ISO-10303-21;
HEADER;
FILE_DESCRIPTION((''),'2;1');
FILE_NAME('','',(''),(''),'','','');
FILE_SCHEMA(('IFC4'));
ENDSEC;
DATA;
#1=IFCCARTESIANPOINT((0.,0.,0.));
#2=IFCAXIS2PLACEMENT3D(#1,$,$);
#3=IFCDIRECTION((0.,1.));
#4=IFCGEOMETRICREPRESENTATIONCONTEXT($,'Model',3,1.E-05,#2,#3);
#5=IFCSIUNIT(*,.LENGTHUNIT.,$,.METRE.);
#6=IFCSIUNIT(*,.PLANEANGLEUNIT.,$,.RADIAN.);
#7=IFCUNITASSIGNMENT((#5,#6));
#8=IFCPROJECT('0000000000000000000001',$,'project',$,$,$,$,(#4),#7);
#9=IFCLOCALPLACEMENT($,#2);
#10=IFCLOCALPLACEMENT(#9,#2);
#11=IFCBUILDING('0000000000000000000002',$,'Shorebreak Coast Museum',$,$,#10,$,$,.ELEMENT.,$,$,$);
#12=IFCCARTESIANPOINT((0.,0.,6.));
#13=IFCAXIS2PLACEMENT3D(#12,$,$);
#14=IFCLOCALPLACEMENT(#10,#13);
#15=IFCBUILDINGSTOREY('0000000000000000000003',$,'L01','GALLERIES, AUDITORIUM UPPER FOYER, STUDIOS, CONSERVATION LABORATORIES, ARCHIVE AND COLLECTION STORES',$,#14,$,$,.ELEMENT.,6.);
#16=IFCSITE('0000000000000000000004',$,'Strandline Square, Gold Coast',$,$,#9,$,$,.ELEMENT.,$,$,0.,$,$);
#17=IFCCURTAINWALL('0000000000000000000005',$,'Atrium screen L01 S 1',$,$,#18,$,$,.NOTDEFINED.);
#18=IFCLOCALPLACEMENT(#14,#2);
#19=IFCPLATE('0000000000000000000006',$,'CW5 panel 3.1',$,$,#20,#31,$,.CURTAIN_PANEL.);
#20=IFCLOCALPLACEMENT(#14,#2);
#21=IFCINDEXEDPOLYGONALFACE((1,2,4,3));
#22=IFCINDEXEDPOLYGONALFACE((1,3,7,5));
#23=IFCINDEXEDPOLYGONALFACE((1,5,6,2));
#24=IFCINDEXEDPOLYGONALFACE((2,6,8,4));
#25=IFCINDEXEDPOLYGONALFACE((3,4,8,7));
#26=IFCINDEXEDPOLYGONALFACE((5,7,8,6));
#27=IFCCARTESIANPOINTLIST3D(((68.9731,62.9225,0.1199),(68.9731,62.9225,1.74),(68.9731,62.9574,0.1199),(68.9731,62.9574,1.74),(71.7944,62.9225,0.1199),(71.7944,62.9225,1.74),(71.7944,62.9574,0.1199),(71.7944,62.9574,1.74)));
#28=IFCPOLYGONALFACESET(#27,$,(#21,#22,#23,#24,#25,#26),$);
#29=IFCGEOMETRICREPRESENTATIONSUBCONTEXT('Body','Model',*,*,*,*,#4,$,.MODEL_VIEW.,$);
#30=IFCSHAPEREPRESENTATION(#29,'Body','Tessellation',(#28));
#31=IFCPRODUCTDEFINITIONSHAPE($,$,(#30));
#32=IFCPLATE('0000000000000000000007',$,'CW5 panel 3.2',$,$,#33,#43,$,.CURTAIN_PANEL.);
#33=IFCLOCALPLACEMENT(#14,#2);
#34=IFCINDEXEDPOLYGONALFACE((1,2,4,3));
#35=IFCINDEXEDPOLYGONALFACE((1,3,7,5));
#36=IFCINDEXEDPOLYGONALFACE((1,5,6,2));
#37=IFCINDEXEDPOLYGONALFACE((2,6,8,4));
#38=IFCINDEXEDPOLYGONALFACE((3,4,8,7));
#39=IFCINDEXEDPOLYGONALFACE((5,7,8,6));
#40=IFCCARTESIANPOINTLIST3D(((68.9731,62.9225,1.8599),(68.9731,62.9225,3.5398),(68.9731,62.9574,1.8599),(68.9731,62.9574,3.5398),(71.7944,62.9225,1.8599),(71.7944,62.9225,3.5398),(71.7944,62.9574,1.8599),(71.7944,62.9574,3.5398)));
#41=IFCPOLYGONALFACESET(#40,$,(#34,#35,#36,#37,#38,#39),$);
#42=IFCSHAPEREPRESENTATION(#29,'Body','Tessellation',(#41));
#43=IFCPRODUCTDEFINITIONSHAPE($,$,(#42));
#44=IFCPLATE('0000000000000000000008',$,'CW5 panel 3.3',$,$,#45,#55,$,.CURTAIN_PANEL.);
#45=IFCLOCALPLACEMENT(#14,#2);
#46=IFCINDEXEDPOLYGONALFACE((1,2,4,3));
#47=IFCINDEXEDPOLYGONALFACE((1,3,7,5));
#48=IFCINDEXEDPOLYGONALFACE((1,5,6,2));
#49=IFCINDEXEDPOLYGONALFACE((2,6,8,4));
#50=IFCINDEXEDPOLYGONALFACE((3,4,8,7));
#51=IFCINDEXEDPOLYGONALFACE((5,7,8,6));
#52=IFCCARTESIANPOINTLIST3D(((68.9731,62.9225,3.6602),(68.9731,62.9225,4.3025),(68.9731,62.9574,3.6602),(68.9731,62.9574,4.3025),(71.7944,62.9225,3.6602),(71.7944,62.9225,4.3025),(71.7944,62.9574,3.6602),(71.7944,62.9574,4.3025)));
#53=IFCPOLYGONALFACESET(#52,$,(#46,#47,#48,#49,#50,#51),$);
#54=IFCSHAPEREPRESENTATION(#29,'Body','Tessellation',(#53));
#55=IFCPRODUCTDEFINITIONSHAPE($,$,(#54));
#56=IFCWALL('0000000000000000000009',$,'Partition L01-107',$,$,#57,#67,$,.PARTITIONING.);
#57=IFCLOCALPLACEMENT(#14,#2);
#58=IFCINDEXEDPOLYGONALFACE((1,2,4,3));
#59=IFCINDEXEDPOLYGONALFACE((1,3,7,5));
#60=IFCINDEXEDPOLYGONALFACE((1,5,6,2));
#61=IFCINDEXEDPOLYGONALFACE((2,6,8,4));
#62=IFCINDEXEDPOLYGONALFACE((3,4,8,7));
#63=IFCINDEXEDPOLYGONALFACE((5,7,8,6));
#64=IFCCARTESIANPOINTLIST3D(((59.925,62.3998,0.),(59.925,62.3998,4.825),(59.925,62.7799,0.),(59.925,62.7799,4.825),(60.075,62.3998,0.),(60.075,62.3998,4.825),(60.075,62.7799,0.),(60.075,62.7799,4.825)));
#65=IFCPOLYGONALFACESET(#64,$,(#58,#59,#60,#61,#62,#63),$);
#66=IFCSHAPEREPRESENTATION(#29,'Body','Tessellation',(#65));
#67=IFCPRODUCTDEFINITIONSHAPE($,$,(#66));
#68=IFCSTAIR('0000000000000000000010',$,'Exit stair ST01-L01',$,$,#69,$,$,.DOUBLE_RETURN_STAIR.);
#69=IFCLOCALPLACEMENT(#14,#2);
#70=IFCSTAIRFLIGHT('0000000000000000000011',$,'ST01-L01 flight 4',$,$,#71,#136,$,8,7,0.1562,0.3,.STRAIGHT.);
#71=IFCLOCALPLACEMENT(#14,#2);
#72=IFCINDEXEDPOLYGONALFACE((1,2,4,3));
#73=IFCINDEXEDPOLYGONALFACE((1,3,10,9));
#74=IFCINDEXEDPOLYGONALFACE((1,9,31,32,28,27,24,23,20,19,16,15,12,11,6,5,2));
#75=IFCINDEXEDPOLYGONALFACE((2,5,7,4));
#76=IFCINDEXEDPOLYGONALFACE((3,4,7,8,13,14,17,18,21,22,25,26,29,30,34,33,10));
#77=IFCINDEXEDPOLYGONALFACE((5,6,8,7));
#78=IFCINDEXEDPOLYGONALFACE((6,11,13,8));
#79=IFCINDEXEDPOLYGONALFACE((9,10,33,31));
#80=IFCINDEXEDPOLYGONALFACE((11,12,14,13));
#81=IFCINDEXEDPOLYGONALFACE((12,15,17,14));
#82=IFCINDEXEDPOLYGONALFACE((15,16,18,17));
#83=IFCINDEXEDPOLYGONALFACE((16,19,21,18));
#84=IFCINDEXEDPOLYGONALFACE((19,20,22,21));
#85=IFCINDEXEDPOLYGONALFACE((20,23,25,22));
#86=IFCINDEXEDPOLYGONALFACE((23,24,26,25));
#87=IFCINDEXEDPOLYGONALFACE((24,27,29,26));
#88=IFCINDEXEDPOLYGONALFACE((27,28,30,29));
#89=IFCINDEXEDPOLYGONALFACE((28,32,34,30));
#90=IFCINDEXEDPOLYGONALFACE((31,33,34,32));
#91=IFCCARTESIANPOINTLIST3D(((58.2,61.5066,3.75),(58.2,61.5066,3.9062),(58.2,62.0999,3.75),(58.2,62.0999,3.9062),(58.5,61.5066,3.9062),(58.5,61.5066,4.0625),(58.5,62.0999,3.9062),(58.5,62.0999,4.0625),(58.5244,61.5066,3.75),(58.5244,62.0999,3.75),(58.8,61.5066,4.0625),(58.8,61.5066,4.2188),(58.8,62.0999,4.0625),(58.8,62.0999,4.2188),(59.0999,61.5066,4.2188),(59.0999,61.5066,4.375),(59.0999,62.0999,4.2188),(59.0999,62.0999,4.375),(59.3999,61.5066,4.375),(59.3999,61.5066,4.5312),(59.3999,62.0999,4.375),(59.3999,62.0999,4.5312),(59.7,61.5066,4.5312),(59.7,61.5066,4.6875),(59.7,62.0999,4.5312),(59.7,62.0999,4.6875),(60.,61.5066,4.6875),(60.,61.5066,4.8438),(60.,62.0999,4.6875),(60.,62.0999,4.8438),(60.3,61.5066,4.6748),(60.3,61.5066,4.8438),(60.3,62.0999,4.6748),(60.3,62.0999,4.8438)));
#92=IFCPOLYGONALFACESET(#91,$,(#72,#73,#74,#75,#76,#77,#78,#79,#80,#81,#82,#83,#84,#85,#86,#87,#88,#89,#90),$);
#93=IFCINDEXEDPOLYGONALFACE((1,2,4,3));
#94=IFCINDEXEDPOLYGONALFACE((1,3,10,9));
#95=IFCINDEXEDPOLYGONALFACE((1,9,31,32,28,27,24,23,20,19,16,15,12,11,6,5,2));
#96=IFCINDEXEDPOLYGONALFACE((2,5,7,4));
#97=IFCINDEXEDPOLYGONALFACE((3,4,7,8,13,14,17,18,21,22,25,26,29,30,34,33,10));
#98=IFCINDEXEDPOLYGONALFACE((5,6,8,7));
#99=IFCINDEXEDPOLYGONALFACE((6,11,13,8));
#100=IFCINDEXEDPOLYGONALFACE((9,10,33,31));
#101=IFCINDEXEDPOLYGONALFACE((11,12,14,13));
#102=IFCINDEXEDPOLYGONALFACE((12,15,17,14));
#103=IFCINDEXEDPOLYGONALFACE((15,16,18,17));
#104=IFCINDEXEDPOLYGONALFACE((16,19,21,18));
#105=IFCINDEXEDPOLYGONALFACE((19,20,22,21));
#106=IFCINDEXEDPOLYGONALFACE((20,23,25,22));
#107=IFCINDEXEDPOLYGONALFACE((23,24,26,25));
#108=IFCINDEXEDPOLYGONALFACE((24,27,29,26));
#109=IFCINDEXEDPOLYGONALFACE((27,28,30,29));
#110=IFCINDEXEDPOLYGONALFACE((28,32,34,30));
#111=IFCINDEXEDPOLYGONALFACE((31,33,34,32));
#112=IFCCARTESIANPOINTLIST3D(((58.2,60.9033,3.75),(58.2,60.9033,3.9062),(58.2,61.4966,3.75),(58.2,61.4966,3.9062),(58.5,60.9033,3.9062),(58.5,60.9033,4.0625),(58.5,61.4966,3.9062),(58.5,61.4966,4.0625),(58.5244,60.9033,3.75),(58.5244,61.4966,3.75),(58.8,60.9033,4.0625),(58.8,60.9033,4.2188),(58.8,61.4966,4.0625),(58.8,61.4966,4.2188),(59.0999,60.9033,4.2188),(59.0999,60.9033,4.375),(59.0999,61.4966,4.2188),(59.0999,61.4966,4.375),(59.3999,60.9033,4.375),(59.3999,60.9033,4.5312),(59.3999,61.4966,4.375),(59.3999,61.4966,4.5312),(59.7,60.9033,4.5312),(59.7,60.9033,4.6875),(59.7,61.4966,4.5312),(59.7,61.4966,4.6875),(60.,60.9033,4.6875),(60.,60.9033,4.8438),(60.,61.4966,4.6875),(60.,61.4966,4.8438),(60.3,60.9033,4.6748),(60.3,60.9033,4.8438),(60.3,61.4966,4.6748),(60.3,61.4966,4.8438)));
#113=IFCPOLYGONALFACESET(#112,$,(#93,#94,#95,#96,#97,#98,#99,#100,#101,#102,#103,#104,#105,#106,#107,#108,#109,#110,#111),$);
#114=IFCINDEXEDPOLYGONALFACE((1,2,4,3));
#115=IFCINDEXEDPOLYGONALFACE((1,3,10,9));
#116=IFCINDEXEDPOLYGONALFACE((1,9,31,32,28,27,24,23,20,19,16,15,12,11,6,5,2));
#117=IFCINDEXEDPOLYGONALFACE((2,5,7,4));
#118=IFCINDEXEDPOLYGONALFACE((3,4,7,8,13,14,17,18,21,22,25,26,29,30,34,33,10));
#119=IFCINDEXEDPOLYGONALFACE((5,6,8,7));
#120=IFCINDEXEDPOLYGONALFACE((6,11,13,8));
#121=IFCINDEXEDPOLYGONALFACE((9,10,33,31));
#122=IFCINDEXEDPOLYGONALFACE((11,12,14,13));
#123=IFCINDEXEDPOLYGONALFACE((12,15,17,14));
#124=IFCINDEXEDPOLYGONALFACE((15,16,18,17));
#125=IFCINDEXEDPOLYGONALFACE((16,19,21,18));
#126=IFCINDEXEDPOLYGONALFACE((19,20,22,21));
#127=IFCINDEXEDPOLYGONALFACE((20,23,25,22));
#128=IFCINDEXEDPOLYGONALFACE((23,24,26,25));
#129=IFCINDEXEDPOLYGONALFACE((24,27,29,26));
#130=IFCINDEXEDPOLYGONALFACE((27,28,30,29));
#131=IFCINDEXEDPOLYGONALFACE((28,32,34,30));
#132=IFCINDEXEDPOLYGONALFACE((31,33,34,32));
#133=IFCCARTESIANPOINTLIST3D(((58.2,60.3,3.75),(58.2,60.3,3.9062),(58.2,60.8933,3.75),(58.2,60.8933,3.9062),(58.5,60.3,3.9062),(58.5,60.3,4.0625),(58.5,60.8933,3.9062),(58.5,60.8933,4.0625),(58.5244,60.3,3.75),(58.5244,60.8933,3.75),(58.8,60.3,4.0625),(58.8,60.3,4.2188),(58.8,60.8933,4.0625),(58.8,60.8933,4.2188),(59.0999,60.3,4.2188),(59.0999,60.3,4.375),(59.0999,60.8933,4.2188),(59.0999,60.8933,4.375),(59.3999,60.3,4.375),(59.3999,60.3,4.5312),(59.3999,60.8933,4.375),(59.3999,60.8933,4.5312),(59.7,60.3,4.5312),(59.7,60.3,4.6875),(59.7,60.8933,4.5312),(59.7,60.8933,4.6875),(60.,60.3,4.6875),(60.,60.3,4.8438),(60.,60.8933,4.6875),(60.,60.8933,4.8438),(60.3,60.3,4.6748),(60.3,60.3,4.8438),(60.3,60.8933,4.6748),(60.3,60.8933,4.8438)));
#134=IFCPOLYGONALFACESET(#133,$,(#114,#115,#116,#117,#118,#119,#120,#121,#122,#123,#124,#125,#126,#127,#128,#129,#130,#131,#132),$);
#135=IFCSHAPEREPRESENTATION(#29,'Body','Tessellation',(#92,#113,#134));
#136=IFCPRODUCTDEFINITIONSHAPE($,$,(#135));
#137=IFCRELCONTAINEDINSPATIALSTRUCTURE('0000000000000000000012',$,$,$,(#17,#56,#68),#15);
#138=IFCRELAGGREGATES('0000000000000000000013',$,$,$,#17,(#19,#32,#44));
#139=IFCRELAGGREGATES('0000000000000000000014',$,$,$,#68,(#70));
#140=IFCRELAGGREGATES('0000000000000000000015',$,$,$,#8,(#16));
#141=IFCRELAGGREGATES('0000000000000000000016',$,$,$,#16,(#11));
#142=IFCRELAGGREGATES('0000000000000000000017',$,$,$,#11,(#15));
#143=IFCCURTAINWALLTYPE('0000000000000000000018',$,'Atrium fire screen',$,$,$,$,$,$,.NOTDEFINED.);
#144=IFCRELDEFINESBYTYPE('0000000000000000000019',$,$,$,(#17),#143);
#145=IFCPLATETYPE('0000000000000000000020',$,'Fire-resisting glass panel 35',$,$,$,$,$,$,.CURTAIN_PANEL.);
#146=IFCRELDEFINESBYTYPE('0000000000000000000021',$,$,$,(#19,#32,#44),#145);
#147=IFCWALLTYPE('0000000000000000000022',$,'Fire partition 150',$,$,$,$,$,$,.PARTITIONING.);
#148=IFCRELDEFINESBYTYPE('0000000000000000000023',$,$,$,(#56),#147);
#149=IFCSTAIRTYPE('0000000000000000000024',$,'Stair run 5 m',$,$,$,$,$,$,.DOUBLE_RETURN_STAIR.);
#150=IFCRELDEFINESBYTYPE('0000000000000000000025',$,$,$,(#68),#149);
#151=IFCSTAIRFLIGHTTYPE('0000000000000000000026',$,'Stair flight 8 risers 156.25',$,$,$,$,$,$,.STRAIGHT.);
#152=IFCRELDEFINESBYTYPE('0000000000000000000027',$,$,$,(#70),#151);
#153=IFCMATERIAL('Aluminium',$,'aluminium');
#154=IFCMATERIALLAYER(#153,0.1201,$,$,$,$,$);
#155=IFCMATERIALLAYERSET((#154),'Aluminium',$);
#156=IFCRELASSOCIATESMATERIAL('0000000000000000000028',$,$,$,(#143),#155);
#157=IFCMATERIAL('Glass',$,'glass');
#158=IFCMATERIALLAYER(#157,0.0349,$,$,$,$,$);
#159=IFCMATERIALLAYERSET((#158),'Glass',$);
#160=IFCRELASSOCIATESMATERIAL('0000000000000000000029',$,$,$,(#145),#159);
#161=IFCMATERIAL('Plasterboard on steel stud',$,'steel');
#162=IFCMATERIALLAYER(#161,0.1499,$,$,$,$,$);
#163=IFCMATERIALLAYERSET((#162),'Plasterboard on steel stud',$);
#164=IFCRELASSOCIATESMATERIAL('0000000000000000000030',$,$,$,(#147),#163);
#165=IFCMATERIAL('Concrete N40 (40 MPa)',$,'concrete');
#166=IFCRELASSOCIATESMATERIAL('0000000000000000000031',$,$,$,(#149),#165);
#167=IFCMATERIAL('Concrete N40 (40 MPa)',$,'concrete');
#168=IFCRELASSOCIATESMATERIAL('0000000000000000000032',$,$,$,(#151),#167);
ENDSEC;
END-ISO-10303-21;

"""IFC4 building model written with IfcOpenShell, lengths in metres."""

from ifc_helpers import new_model, si_unit, direction, frame, frame_2d, origin, origin_2d, place, context, subcontext, project, spatial, polyline, rectangle, outline, extrude, material, layer, layer_set, type_object, element, aggregate, save


model = new_model("IFC4")

# Units and contexts
model_context = context("Model", 3, precision=1e-05, world=origin(), true_north=direction((0.0, 1.0)))
body_context = subcontext(model_context, "Body", "Model", "MODEL_VIEW")
ifc_project = project(units=[si_unit("LENGTHUNIT", "METRE"), si_unit("PLANEANGLEUNIT", "RADIAN")], contexts=[model_context])

# Site, building, storey
site_placement = place(None, origin())
site = spatial("IfcSite", under=ifc_project, at=site_placement, Name="Strandline Square, Gold Coast", CompositionType="ELEMENT", RefElevation=0.0)
building_placement = place(site_placement, origin())
building = spatial("IfcBuilding", under=site, at=building_placement, Name="Shorebreak Coast Museum", CompositionType="ELEMENT")
storey_placement = place(building_placement, frame((0.0, 0.0, 6.0)))
storey = spatial("IfcBuildingStorey", under=building, at=storey_placement, Name="L01", Description="GALLERIES, AUDITORIUM UPPER FOYER, STUDIOS, CONSERVATION LABORATORIES, ARCHIVE AND COLLECTION STORES", CompositionType="ELEMENT", Elevation=6.0)

# Curtain wall
ifc_material_1 = material(Name="Aluminium", Category="aluminium")
ifc_layer_1 = layer(ifc_material_1, 0.1201)
ifc_layer_set_1 = layer_set([ifc_layer_1], Name="Aluminium")
curtain_wall_type = type_object("IfcCurtainWallType", Name="Atrium fire screen", PredefinedType="NOTDEFINED", material=ifc_layer_set_1)
curtain_wall_placement = place(storey_placement, origin())
curtain_wall = element("IfcCurtainWall", 1, at=curtain_wall_placement, inside=storey, type_object=curtain_wall_type, Name="Atrium screen L01 S 1", PredefinedType="NOTDEFINED")

# Plates
ifc_material_2 = material(Name="Glass", Category="glass")
ifc_layer_2 = layer(ifc_material_2, 0.0349)
ifc_layer_set_2 = layer_set([ifc_layer_2], Name="Glass")
plate_type = type_object("IfcPlateType", Name="Fire-resisting glass panel 35", PredefinedType="CURTAIN_PANEL", material=ifc_layer_set_2)
plate_1_placement = place(storey_placement, frame((70.3838, 62.9399, 0.1199), z_axis=(0.0, 0.0, 1.0), x_axis=(1.0, 0.0, 0.0)))
plate_1 = element("IfcPlate", 2, at=plate_1_placement, type_object=plate_type, Name="CW5 panel 3.1", PredefinedType="CURTAIN_PANEL", context=body_context, shape_type="SweptSolid", body=[
    extrude(rectangle(XDim=2.8213, YDim=0.0349, at=origin_2d()), origin(), (0.0, 0.0, 1.0), 1.6201),
])
plate_2_placement = place(storey_placement, frame((70.3838, 62.9399, 1.8599), z_axis=(0.0, 0.0, 1.0), x_axis=(1.0, 0.0, 0.0)))
plate_2 = element("IfcPlate", 3, at=plate_2_placement, type_object=plate_type, Name="CW5 panel 3.2", PredefinedType="CURTAIN_PANEL", context=body_context, shape_type="SweptSolid", body=[
    extrude(rectangle(XDim=2.8213, YDim=0.0349, at=origin_2d()), origin(), (0.0, 0.0, 1.0), 1.6799),
])
plate_3_placement = place(storey_placement, frame((70.3838, 62.9399, 3.6602), z_axis=(0.0, 0.0, 1.0), x_axis=(1.0, 0.0, 0.0)))
plate_3 = element("IfcPlate", 4, at=plate_3_placement, type_object=plate_type, Name="CW5 panel 3.3", PredefinedType="CURTAIN_PANEL", context=body_context, shape_type="SweptSolid", body=[
    extrude(rectangle(XDim=2.8213, YDim=0.0349, at=origin_2d()), origin(), (0.0, 0.0, 1.0), 0.6423),
])
aggregate(curtain_wall, [plate_1, plate_2, plate_3])

# Wall
ifc_material_3 = material(Name="Plasterboard on steel stud", Category="steel")
ifc_layer_3 = layer(ifc_material_3, 0.1499)
ifc_layer_set_3 = layer_set([ifc_layer_3], Name="Plasterboard on steel stud")
wall_type = type_object("IfcWallType", Name="Fire partition 150", PredefinedType="PARTITIONING", material=ifc_layer_set_3)
wall_placement = place(storey_placement, frame((60.0, 62.3999, 0.0), z_axis=(0.0, 0.0, 1.0), x_axis=(0.0, 1.0, 0.0)))
element("IfcWall", 5, at=wall_placement, inside=storey, type_object=wall_type, Name="Partition L01-107", PredefinedType="PARTITIONING", context=body_context, shape_type="SweptSolid", body=[
    extrude(rectangle(XDim=0.3801, YDim=0.1499, at=frame_2d((0.1899, 0.0))), origin(), (0.0, 0.0, 1.0), 4.825),
])

# Stair, stair flight
ifc_material_4 = material(Name="Concrete N40 (40 MPa)", Category="concrete")
stair_type = type_object("IfcStairType", Name="Stair run 5 m", PredefinedType="DOUBLE_RETURN_STAIR", material=ifc_material_4)
stair_placement = place(storey_placement, origin())
stair = element("IfcStair", 6, at=stair_placement, inside=storey, type_object=stair_type, Name="Exit stair ST01-L01", PredefinedType="DOUBLE_RETURN_STAIR")
ifc_material_5 = material(Name="Concrete N40 (40 MPa)", Category="concrete")
stair_flight_type = type_object("IfcStairFlightType", Name="Stair flight 8 risers 156.25", PredefinedType="STRAIGHT", material=ifc_material_5)
stair_flight_placement = place(storey_placement, frame((58.2, 61.2, 3.75), z_axis=(0.0, 0.0, 1.0), x_axis=(1.0, 0.0, 0.0)))
stair_flight = element("IfcStairFlight", 7, at=stair_flight_placement, type_object=stair_flight_type, Name="ST01-L01 flight 4", NumberOfRisers=8, NumberOfTreads=7, PredefinedType="STRAIGHT", RiserHeight=0.1562, TreadLength=0.3, context=body_context, shape_type="SweptSolid", body=[
    extrude(outline(polyline([(0.0, 0.0), (0.0, 0.1562), (0.3, 0.1562), (0.3, 0.3125), (0.6001, 0.3125), (0.6001, 0.4688), (0.8999, 0.4688), (0.8999, 0.625), (1.2, 0.625), (1.2, 0.7812), (1.5, 0.7812), (1.5, 0.9375), (1.8, 0.9375), (1.8, 1.0938), (2.1001, 1.0938), (2.1001, 1.25), (2.1001, 0.9248), (0.3245, 0.0), (0.0, 0.0)])), frame((0.0, 0.8999, 0.0), z_axis=(0.0, -1.0, 0.0), x_axis=(1.0, 0.0, 0.0)), (0.0, 0.0, 1.0), 0.5933),
    extrude(outline(polyline([(0.0, 0.0), (0.0, 0.1562), (0.3, 0.1562), (0.3, 0.3125), (0.6001, 0.3125), (0.6001, 0.4688), (0.8999, 0.4688), (0.8999, 0.625), (1.2, 0.625), (1.2, 0.7812), (1.5, 0.7812), (1.5, 0.9375), (1.8, 0.9375), (1.8, 1.0938), (2.1001, 1.0938), (2.1001, 1.25), (2.1001, 0.9248), (0.3245, 0.0), (0.0, 0.0)])), frame((0.0, 0.2966, 0.0), z_axis=(0.0, -1.0, 0.0), x_axis=(1.0, 0.0, 0.0)), (0.0, 0.0, 1.0), 0.5933),
    extrude(outline(polyline([(0.0, 0.0), (0.0, 0.1562), (0.3, 0.1562), (0.3, 0.3125), (0.6001, 0.3125), (0.6001, 0.4688), (0.8999, 0.4688), (0.8999, 0.625), (1.2, 0.625), (1.2, 0.7812), (1.5, 0.7812), (1.5, 0.9375), (1.8, 0.9375), (1.8, 1.0938), (2.1001, 1.0938), (2.1001, 1.25), (2.1001, 0.9248), (0.3245, 0.0), (0.0, 0.0)])), frame((0.0, -0.3066, 0.0), z_axis=(0.0, -1.0, 0.0), x_axis=(1.0, 0.0, 0.0)), (0.0, 0.0, 1.0), 0.5933),
])
aggregate(stair, [stair_flight])

save(model, "model.ifc")
